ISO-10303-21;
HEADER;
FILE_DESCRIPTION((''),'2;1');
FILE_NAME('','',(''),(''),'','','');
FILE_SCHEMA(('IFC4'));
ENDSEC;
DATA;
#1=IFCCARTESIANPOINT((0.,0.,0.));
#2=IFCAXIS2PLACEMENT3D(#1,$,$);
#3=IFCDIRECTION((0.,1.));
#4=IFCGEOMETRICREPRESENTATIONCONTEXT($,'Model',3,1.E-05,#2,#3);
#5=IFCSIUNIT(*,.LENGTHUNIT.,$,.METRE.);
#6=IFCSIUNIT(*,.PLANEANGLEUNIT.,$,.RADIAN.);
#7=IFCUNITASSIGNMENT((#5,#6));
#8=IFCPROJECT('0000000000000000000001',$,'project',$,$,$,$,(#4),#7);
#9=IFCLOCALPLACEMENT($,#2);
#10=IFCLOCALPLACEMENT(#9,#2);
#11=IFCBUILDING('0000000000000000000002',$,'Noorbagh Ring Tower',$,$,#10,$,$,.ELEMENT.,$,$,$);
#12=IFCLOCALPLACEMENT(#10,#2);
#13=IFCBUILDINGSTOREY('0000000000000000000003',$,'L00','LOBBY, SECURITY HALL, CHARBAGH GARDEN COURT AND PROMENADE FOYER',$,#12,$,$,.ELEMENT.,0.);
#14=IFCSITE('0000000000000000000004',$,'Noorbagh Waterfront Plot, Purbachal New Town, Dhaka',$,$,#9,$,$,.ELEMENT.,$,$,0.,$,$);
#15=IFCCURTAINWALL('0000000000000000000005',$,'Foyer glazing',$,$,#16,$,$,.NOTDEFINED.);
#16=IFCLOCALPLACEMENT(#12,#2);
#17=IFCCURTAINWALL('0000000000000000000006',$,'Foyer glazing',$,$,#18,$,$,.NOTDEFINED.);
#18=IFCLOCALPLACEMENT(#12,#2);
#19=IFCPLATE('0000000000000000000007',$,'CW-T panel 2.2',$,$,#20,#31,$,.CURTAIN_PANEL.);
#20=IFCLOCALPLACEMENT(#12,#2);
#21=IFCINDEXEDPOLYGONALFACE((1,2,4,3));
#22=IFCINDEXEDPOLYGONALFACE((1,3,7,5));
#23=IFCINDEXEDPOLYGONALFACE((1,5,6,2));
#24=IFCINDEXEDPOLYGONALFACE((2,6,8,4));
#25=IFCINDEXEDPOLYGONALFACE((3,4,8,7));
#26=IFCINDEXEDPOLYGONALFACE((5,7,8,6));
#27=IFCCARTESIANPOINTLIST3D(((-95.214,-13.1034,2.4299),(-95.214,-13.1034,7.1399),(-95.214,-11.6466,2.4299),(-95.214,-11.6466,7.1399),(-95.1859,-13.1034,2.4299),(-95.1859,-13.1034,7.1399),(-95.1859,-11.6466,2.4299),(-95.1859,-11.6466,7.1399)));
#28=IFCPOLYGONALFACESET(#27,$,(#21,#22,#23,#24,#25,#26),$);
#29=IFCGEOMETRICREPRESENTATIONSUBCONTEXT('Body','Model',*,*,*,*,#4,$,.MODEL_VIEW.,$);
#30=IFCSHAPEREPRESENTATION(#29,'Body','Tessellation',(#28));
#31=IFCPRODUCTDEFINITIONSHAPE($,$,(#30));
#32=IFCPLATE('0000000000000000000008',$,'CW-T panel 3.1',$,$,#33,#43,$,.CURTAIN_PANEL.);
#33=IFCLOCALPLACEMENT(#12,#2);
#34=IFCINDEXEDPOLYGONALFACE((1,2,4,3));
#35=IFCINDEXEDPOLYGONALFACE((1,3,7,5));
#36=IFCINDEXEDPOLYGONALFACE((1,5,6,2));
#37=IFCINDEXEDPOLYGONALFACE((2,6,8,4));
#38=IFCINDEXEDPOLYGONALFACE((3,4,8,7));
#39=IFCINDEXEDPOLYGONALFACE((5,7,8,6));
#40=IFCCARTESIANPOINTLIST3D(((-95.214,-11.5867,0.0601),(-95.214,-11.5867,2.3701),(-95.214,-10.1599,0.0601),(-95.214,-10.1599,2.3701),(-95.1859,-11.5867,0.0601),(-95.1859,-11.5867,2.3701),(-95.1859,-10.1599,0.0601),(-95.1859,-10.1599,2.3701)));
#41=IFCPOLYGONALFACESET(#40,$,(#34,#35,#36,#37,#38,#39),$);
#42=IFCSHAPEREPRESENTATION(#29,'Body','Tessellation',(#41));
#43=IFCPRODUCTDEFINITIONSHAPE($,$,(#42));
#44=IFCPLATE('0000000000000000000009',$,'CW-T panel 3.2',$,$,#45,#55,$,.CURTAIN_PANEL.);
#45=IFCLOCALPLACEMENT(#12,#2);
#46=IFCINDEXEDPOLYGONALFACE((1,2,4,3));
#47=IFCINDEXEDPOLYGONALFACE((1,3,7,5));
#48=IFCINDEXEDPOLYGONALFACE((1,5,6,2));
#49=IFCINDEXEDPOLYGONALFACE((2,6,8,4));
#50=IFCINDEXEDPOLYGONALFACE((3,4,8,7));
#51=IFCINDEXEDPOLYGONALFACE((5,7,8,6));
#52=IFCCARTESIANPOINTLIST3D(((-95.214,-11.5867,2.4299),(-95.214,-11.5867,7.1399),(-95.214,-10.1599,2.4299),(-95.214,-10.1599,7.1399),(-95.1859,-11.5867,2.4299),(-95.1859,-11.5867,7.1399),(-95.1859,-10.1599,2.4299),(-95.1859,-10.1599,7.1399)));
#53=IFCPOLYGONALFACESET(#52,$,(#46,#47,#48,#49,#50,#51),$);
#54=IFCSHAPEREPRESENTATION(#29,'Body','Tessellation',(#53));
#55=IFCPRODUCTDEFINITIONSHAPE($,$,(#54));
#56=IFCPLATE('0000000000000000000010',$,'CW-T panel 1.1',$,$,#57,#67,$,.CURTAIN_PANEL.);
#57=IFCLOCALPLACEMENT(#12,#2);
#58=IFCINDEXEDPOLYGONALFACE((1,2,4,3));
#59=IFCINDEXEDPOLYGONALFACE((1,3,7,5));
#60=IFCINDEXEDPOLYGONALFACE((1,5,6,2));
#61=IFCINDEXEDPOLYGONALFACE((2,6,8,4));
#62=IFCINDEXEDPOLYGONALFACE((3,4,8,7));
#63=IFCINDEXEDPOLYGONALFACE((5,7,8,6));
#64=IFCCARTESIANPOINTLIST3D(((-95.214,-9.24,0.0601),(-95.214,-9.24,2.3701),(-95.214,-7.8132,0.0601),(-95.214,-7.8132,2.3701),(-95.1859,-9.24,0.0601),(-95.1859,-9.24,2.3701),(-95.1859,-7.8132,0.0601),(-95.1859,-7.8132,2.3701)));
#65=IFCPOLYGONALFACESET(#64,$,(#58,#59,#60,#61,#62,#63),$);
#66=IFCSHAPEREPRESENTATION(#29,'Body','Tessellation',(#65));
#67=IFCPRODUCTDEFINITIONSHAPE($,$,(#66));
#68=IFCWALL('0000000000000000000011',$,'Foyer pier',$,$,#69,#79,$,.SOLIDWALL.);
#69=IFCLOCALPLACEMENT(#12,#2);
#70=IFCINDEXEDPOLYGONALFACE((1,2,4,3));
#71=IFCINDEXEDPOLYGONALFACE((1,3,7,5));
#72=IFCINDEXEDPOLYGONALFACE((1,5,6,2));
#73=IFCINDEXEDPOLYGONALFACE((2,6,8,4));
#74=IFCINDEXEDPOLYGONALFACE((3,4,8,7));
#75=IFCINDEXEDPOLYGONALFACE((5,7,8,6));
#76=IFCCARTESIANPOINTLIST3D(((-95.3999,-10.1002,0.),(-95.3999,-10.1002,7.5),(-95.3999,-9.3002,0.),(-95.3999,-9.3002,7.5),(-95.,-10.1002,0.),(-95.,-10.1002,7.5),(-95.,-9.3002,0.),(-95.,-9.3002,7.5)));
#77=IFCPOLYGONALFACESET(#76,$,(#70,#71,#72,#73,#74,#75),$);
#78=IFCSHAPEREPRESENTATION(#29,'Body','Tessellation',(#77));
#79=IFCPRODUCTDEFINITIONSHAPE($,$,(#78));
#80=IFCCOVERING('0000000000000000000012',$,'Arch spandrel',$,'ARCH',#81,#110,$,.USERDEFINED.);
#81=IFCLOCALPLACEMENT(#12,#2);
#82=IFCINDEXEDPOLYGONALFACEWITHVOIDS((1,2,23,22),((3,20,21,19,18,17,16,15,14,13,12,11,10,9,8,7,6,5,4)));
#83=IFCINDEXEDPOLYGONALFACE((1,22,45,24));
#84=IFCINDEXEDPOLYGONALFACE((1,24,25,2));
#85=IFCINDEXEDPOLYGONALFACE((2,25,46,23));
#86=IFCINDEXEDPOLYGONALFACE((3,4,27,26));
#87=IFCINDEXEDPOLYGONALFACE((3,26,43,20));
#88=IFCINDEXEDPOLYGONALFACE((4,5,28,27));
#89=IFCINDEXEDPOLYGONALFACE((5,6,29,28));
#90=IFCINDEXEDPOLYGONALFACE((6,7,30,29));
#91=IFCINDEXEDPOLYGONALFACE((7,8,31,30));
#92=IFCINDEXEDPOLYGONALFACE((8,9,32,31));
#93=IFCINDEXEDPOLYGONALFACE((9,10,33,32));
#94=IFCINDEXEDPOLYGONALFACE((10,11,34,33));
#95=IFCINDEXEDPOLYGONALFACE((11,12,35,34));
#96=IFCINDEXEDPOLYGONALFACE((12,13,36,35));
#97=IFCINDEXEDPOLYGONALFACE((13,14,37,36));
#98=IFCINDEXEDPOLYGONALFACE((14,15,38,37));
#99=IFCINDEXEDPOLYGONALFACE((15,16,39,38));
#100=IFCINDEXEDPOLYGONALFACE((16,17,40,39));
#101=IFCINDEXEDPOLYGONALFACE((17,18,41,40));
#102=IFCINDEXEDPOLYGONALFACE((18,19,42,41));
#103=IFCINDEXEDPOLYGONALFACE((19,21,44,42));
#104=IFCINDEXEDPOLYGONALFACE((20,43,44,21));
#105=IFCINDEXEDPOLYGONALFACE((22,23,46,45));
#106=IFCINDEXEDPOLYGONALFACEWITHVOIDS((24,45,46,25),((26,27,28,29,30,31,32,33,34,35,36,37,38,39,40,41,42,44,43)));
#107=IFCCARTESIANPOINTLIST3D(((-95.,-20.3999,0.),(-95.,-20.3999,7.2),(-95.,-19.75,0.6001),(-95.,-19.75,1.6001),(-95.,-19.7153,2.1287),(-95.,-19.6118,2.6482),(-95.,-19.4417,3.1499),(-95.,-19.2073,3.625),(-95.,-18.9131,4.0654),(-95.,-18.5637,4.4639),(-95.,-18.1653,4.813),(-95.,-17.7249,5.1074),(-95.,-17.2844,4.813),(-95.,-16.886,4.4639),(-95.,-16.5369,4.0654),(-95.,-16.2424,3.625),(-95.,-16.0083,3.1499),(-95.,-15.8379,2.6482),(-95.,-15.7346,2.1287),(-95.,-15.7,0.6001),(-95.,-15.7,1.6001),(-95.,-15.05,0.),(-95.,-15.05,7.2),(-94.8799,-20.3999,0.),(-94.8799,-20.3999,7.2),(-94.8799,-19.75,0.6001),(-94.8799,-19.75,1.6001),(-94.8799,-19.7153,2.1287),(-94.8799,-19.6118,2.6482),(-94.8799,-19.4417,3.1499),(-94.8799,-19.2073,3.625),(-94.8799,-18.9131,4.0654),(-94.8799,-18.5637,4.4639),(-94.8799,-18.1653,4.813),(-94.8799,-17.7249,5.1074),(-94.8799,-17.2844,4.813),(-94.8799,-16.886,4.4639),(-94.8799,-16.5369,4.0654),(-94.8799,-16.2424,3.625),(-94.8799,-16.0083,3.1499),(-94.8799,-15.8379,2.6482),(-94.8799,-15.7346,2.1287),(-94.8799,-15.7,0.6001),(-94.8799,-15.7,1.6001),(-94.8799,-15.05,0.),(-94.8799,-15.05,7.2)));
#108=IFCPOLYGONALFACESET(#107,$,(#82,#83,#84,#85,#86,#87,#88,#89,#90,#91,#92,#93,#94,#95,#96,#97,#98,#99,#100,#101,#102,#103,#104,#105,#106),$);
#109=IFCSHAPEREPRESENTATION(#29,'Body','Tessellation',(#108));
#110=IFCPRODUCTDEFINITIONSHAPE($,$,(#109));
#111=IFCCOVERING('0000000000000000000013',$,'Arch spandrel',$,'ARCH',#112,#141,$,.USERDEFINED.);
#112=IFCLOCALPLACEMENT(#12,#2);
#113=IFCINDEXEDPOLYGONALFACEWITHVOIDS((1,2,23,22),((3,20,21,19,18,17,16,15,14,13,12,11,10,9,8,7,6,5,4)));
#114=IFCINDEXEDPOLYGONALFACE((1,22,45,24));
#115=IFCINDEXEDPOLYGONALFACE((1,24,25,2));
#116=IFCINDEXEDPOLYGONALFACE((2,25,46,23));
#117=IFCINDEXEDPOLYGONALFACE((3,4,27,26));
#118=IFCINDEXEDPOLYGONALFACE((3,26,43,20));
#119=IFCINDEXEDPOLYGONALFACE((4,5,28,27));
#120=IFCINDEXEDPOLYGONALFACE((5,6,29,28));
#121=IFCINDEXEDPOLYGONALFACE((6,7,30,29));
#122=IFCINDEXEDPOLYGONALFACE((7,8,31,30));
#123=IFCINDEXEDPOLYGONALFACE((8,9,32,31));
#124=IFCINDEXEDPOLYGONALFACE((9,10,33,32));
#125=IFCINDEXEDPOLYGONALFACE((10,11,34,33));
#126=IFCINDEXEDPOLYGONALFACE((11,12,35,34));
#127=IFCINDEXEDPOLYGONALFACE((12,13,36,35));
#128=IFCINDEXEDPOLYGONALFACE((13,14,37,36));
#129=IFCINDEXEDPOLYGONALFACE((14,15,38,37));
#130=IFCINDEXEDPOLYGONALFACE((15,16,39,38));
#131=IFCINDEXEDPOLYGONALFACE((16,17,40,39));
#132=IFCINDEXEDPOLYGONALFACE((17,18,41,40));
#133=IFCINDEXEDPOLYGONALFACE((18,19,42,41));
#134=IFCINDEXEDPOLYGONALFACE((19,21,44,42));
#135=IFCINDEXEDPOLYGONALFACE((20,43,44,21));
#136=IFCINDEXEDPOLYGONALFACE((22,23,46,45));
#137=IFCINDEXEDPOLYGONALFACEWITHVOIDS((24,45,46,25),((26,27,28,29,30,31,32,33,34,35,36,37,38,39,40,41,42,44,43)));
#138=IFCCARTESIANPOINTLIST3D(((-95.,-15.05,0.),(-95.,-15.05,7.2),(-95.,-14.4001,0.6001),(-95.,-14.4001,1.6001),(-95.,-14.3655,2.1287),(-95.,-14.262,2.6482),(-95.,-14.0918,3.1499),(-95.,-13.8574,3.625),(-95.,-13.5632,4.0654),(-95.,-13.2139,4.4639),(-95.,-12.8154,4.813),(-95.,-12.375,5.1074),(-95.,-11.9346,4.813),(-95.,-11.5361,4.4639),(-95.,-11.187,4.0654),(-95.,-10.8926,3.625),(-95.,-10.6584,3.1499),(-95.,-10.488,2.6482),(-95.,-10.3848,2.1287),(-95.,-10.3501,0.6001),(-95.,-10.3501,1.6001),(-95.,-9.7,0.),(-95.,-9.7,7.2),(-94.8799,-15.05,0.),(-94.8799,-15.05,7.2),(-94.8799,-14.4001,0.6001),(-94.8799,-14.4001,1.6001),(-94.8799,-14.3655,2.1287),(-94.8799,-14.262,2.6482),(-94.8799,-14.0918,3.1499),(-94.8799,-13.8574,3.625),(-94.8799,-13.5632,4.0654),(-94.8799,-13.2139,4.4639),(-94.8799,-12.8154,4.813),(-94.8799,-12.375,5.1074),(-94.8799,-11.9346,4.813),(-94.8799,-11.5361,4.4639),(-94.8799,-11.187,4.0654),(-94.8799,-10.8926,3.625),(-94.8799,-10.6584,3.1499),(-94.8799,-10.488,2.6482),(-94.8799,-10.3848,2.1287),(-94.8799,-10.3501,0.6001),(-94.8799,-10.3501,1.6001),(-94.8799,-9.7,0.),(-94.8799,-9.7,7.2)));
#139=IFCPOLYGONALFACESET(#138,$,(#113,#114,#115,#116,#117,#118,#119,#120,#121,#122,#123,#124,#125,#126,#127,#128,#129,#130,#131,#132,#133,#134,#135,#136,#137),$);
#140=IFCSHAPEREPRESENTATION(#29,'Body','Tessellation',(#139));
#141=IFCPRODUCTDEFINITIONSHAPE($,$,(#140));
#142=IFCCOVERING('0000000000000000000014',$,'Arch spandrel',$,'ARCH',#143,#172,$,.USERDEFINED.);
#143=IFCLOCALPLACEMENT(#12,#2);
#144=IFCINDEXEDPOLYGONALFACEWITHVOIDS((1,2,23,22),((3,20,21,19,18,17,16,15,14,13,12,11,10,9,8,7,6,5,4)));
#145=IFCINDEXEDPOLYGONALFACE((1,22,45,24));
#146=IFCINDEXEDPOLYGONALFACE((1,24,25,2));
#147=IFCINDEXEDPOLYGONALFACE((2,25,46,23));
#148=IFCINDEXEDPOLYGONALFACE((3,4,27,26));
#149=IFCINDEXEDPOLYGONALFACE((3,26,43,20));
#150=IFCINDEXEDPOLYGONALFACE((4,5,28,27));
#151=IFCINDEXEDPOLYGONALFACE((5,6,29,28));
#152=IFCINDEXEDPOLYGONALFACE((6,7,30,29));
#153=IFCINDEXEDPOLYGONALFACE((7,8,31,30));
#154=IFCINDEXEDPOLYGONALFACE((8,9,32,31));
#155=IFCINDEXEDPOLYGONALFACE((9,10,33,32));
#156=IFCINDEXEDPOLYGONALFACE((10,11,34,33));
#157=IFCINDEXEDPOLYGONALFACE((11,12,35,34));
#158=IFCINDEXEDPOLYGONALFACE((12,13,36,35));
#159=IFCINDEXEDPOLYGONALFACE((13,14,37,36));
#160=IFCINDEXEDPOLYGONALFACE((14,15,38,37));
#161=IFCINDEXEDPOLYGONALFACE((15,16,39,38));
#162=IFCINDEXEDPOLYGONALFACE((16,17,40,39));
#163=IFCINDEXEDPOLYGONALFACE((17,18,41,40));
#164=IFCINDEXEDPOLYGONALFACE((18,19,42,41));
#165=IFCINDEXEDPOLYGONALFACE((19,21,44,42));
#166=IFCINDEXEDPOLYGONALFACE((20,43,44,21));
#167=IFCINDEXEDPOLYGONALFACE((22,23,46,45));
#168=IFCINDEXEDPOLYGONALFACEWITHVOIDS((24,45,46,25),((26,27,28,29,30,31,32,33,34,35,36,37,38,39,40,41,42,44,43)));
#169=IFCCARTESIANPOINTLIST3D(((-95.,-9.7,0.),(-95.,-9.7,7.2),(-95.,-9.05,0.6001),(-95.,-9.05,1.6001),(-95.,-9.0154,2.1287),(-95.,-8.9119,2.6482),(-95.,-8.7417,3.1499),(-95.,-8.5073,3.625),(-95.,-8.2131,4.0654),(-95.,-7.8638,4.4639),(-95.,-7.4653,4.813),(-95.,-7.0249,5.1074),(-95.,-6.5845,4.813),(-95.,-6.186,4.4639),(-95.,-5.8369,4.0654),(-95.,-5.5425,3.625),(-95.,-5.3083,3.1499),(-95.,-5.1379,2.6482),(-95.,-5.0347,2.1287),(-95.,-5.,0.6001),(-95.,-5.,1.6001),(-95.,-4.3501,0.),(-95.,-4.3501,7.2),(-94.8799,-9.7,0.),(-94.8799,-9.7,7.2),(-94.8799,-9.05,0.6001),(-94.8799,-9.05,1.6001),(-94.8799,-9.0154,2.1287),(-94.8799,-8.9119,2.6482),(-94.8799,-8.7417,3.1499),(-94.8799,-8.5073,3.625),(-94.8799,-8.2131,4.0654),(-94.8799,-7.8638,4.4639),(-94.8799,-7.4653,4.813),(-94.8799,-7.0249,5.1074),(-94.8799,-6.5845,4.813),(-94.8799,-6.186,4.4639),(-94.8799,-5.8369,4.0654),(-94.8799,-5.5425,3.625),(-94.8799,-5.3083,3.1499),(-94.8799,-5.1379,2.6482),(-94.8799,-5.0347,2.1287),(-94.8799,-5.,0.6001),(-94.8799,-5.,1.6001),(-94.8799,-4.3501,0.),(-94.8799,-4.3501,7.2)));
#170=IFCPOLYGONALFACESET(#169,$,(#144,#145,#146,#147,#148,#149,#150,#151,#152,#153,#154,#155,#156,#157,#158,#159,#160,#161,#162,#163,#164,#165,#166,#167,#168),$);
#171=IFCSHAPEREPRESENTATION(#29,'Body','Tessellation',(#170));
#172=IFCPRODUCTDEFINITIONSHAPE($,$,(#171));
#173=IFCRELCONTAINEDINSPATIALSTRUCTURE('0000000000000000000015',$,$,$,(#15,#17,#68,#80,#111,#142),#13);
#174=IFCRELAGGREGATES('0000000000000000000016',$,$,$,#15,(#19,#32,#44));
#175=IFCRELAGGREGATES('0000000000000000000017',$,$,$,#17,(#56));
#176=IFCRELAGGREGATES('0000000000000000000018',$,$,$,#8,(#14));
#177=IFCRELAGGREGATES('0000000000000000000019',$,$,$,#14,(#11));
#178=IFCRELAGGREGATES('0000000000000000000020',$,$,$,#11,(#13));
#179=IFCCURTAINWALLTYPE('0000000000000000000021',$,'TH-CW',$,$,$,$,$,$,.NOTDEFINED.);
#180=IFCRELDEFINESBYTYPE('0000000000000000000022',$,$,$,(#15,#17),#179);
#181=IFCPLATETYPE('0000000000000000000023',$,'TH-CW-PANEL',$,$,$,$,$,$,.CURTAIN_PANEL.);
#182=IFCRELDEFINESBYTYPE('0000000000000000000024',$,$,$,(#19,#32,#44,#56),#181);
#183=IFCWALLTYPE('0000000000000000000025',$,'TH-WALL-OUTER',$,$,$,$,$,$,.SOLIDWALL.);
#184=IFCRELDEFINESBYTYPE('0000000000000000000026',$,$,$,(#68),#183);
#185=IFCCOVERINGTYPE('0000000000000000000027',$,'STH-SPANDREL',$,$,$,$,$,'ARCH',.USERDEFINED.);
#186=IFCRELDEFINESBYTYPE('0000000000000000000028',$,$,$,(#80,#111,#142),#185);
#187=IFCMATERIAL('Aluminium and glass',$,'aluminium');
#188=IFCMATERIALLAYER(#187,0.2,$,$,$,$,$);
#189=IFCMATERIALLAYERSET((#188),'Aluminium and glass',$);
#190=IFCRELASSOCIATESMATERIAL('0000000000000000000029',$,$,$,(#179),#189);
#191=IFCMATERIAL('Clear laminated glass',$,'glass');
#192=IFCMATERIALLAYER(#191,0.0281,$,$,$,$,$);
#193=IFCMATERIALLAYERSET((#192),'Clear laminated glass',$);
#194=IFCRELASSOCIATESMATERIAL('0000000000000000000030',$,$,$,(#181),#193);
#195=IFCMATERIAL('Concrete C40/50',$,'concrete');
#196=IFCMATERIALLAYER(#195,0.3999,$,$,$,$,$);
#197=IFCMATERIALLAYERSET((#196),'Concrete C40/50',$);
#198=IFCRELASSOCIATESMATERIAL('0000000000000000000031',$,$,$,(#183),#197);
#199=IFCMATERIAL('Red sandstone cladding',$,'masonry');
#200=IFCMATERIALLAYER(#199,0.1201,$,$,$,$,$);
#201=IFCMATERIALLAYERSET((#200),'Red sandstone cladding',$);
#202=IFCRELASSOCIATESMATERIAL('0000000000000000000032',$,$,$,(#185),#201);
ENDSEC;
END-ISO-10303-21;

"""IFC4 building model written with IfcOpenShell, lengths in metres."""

from ifc_helpers import new_model, si_unit, direction, frame, frame_2d, origin, origin_2d, place, context, subcontext, project, spatial, polyline, rectangle, outline, extrude, material, layer, layer_set, type_object, element, aggregate, save


model = new_model("IFC4")

# Units and contexts
model_context = context("Model", 3, precision=1e-05, world=origin(), true_north=direction((0.0, 1.0)))
body_context = subcontext(model_context, "Body", "Model", "MODEL_VIEW")
ifc_project = project(units=[si_unit("LENGTHUNIT", "METRE"), si_unit("PLANEANGLEUNIT", "RADIAN")], contexts=[model_context])

# Site, building, storey
site_placement = place(None, origin())
site = spatial("IfcSite", under=ifc_project, at=site_placement, Name="Noorbagh Waterfront Plot, Purbachal New Town, Dhaka", CompositionType="ELEMENT", RefElevation=0.0)
building_placement = place(site_placement, origin())
building = spatial("IfcBuilding", under=site, at=building_placement, Name="Noorbagh Ring Tower", CompositionType="ELEMENT")
storey_placement = place(building_placement, origin())
storey = spatial("IfcBuildingStorey", under=building, at=storey_placement, Name="L00", Description="LOBBY, SECURITY HALL, CHARBAGH GARDEN COURT AND PROMENADE FOYER", CompositionType="ELEMENT", Elevation=0.0)

# Curtain wall
ifc_material_1 = material(Name="Aluminium and glass", Category="aluminium")
ifc_layer_1 = layer(ifc_material_1, 0.2)
ifc_layer_set_1 = layer_set([ifc_layer_1], Name="Aluminium and glass")
curtain_wall_type = type_object("IfcCurtainWallType", Name="TH-CW", PredefinedType="NOTDEFINED", material=ifc_layer_set_1)
curtain_wall_1_placement = place(storey_placement, origin())
curtain_wall_1 = element("IfcCurtainWall", 1, at=curtain_wall_1_placement, inside=storey, type_object=curtain_wall_type, Name="Foyer glazing", PredefinedType="NOTDEFINED")

# Curtain wall
curtain_wall_2_placement = place(storey_placement, origin())
curtain_wall_2 = element("IfcCurtainWall", 2, at=curtain_wall_2_placement, inside=storey, type_object=curtain_wall_type, Name="Foyer glazing", PredefinedType="NOTDEFINED")

# Plates
ifc_material_2 = material(Name="Clear laminated glass", Category="glass")
ifc_layer_2 = layer(ifc_material_2, 0.0281)
ifc_layer_set_2 = layer_set([ifc_layer_2], Name="Clear laminated glass")
plate_type = type_object("IfcPlateType", Name="TH-CW-PANEL", PredefinedType="CURTAIN_PANEL", material=ifc_layer_set_2)
plate_1_placement = place(storey_placement, frame((-95.2, -12.375, 2.4299), z_axis=(0.0, 0.0, 1.0), x_axis=(0.0, 1.0, 0.0)))
plate_1 = element("IfcPlate", 3, at=plate_1_placement, type_object=plate_type, Name="CW-T panel 2.2", PredefinedType="CURTAIN_PANEL", context=body_context, shape_type="SweptSolid", body=[
    extrude(rectangle(XDim=1.4568, YDim=0.0281, at=origin_2d()), origin(), (0.0, 0.0, 1.0), 4.71),
])
plate_2_placement = place(storey_placement, frame((-95.2, -10.8733, 0.0601), z_axis=(0.0, 0.0, 1.0), x_axis=(0.0, 1.0, 0.0)))
plate_2 = element("IfcPlate", 4, at=plate_2_placement, type_object=plate_type, Name="CW-T panel 3.1", PredefinedType="CURTAIN_PANEL", context=body_context, shape_type="SweptSolid", body=[
    extrude(rectangle(XDim=1.4268, YDim=0.0281, at=origin_2d()), origin(), (0.0, 0.0, 1.0), 2.3101),
])
plate_3_placement = place(storey_placement, frame((-95.2, -10.8733, 2.4299), z_axis=(0.0, 0.0, 1.0), x_axis=(0.0, 1.0, 0.0)))
plate_3 = element("IfcPlate", 5, at=plate_3_placement, type_object=plate_type, Name="CW-T panel 3.2", PredefinedType="CURTAIN_PANEL", context=body_context, shape_type="SweptSolid", body=[
    extrude(rectangle(XDim=1.4268, YDim=0.0281, at=origin_2d()), origin(), (0.0, 0.0, 1.0), 4.71),
])
aggregate(curtain_wall_1, [plate_1, plate_2, plate_3])
plate_4_placement = place(storey_placement, frame((-95.2, -8.5266, 0.0601), z_axis=(0.0, 0.0, 1.0), x_axis=(0.0, 1.0, 0.0)))
plate_4 = element("IfcPlate", 6, at=plate_4_placement, type_object=plate_type, Name="CW-T panel 1.1", PredefinedType="CURTAIN_PANEL", context=body_context, shape_type="SweptSolid", body=[
    extrude(rectangle(XDim=1.4268, YDim=0.0281, at=origin_2d()), origin(), (0.0, 0.0, 1.0), 2.3101),
])
aggregate(curtain_wall_2, [plate_4])

# Wall
ifc_material_3 = material(Name="Concrete C40/50", Category="concrete")
ifc_layer_3 = layer(ifc_material_3, 0.3999)
ifc_layer_set_3 = layer_set([ifc_layer_3], Name="Concrete C40/50")
wall_type = type_object("IfcWallType", Name="TH-WALL-OUTER", PredefinedType="SOLIDWALL", material=ifc_layer_set_3)
wall_placement = place(storey_placement, frame((-95.2, -10.1001, 0.0), z_axis=(0.0, 0.0, 1.0), x_axis=(0.0, 1.0, 0.0)))
element("IfcWall", 7, at=wall_placement, inside=storey, type_object=wall_type, Name="Foyer pier", PredefinedType="SOLIDWALL", context=body_context, shape_type="SweptSolid", body=[
    extrude(rectangle(XDim=0.8, YDim=0.3999, at=frame_2d((0.3999, 0.0))), origin(), (0.0, 0.0, 1.0), 7.5),
])

# Coverings
ifc_material_4 = material(Name="Red sandstone cladding", Category="masonry")
ifc_layer_4 = layer(ifc_material_4, 0.1201)
ifc_layer_set_4 = layer_set([ifc_layer_4], Name="Red sandstone cladding")
covering_type_1 = type_object("IfcCoveringType", Name="STH-SPANDREL", ElementType="ARCH", PredefinedType="USERDEFINED", material=ifc_layer_set_4)
covering_1_placement = place(storey_placement, frame((-94.8799, -20.3999, 0.0), z_axis=(1.0, 0.0, 0.0), x_axis=(0.0, 1.0, 0.0)))
element("IfcCovering", 8, at=covering_1_placement, inside=storey, type_object=covering_type_1, Name="Arch spandrel", ObjectType="ARCH", PredefinedType="USERDEFINED", context=body_context, shape_type="SweptSolid", body=[
    extrude(outline(polyline([(0.0, 0.0), (5.3499, 0.0), (5.3499, 7.2), (0.0, 7.2), (0.0, 0.0)]), holes=[polyline([(0.6499, 0.6001), (0.6499, 1.6001), (0.6846, 2.1287), (0.7881, 2.6482), (0.9583, 3.1499), (1.1926, 3.625), (1.4868, 4.0654), (1.8362, 4.4639), (2.2346, 4.813), (2.675, 5.1074), (3.1155, 4.813), (3.5139, 4.4639), (3.863, 4.0654), (4.1575, 3.625), (4.3916, 3.1499), (4.562, 2.6482), (4.6653, 2.1287), (4.7, 1.6001), (4.7, 0.6001), (0.6499, 0.6001)])]), origin(), (0.0, 0.0, -1.0), 0.1201),
])
covering_2_placement = place(storey_placement, frame((-94.8799, -15.05, 0.0), z_axis=(1.0, 0.0, 0.0), x_axis=(0.0, 1.0, 0.0)))
element("IfcCovering", 9, at=covering_2_placement, inside=storey, type_object=covering_type_1, Name="Arch spandrel", ObjectType="ARCH", PredefinedType="USERDEFINED", context=body_context, shape_type="SweptSolid", body=[
    extrude(outline(polyline([(0.0, 0.0), (5.3501, 0.0), (5.3501, 7.2), (0.0, 7.2), (0.0, 0.0)]), holes=[polyline([(0.6499, 0.6001), (0.6499, 1.6001), (0.6846, 2.1287), (0.7881, 2.6482), (0.9583, 3.1499), (1.1926, 3.625), (1.4868, 4.0654), (1.8362, 4.4639), (2.2346, 4.813), (2.675, 5.1074), (3.1155, 4.813), (3.5139, 4.4639), (3.863, 4.0654), (4.1575, 3.625), (4.3916, 3.1499), (4.562, 2.6482), (4.6653, 2.1287), (4.7, 1.6001), (4.7, 0.6001), (0.6499, 0.6001)])]), origin(), (0.0, 0.0, -1.0), 0.1201),
])
covering_3_placement = place(storey_placement, frame((-94.8799, -9.7, 0.0), z_axis=(1.0, 0.0, 0.0), x_axis=(0.0, 1.0, 0.0)))
element("IfcCovering", 10, at=covering_3_placement, inside=storey, type_object=covering_type_1, Name="Arch spandrel", ObjectType="ARCH", PredefinedType="USERDEFINED", context=body_context, shape_type="SweptSolid", body=[
    extrude(outline(polyline([(0.0, 0.0), (5.3499, 0.0), (5.3499, 7.2), (0.0, 7.2), (0.0, 0.0)]), holes=[polyline([(0.6499, 0.6001), (0.6499, 1.6001), (0.6846, 2.1287), (0.7881, 2.6482), (0.9583, 3.1499), (1.1926, 3.625), (1.4868, 4.0654), (1.8362, 4.4639), (2.2346, 4.813), (2.675, 5.1074), (3.1155, 4.813), (3.5139, 4.4639), (3.863, 4.0654), (4.1575, 3.625), (4.3916, 3.1499), (4.562, 2.6482), (4.6653, 2.1287), (4.7, 1.6001), (4.7, 0.6001), (0.6499, 0.6001)])]), origin(), (0.0, 0.0, -1.0), 0.1201),
])

save(model, "model.ifc")
